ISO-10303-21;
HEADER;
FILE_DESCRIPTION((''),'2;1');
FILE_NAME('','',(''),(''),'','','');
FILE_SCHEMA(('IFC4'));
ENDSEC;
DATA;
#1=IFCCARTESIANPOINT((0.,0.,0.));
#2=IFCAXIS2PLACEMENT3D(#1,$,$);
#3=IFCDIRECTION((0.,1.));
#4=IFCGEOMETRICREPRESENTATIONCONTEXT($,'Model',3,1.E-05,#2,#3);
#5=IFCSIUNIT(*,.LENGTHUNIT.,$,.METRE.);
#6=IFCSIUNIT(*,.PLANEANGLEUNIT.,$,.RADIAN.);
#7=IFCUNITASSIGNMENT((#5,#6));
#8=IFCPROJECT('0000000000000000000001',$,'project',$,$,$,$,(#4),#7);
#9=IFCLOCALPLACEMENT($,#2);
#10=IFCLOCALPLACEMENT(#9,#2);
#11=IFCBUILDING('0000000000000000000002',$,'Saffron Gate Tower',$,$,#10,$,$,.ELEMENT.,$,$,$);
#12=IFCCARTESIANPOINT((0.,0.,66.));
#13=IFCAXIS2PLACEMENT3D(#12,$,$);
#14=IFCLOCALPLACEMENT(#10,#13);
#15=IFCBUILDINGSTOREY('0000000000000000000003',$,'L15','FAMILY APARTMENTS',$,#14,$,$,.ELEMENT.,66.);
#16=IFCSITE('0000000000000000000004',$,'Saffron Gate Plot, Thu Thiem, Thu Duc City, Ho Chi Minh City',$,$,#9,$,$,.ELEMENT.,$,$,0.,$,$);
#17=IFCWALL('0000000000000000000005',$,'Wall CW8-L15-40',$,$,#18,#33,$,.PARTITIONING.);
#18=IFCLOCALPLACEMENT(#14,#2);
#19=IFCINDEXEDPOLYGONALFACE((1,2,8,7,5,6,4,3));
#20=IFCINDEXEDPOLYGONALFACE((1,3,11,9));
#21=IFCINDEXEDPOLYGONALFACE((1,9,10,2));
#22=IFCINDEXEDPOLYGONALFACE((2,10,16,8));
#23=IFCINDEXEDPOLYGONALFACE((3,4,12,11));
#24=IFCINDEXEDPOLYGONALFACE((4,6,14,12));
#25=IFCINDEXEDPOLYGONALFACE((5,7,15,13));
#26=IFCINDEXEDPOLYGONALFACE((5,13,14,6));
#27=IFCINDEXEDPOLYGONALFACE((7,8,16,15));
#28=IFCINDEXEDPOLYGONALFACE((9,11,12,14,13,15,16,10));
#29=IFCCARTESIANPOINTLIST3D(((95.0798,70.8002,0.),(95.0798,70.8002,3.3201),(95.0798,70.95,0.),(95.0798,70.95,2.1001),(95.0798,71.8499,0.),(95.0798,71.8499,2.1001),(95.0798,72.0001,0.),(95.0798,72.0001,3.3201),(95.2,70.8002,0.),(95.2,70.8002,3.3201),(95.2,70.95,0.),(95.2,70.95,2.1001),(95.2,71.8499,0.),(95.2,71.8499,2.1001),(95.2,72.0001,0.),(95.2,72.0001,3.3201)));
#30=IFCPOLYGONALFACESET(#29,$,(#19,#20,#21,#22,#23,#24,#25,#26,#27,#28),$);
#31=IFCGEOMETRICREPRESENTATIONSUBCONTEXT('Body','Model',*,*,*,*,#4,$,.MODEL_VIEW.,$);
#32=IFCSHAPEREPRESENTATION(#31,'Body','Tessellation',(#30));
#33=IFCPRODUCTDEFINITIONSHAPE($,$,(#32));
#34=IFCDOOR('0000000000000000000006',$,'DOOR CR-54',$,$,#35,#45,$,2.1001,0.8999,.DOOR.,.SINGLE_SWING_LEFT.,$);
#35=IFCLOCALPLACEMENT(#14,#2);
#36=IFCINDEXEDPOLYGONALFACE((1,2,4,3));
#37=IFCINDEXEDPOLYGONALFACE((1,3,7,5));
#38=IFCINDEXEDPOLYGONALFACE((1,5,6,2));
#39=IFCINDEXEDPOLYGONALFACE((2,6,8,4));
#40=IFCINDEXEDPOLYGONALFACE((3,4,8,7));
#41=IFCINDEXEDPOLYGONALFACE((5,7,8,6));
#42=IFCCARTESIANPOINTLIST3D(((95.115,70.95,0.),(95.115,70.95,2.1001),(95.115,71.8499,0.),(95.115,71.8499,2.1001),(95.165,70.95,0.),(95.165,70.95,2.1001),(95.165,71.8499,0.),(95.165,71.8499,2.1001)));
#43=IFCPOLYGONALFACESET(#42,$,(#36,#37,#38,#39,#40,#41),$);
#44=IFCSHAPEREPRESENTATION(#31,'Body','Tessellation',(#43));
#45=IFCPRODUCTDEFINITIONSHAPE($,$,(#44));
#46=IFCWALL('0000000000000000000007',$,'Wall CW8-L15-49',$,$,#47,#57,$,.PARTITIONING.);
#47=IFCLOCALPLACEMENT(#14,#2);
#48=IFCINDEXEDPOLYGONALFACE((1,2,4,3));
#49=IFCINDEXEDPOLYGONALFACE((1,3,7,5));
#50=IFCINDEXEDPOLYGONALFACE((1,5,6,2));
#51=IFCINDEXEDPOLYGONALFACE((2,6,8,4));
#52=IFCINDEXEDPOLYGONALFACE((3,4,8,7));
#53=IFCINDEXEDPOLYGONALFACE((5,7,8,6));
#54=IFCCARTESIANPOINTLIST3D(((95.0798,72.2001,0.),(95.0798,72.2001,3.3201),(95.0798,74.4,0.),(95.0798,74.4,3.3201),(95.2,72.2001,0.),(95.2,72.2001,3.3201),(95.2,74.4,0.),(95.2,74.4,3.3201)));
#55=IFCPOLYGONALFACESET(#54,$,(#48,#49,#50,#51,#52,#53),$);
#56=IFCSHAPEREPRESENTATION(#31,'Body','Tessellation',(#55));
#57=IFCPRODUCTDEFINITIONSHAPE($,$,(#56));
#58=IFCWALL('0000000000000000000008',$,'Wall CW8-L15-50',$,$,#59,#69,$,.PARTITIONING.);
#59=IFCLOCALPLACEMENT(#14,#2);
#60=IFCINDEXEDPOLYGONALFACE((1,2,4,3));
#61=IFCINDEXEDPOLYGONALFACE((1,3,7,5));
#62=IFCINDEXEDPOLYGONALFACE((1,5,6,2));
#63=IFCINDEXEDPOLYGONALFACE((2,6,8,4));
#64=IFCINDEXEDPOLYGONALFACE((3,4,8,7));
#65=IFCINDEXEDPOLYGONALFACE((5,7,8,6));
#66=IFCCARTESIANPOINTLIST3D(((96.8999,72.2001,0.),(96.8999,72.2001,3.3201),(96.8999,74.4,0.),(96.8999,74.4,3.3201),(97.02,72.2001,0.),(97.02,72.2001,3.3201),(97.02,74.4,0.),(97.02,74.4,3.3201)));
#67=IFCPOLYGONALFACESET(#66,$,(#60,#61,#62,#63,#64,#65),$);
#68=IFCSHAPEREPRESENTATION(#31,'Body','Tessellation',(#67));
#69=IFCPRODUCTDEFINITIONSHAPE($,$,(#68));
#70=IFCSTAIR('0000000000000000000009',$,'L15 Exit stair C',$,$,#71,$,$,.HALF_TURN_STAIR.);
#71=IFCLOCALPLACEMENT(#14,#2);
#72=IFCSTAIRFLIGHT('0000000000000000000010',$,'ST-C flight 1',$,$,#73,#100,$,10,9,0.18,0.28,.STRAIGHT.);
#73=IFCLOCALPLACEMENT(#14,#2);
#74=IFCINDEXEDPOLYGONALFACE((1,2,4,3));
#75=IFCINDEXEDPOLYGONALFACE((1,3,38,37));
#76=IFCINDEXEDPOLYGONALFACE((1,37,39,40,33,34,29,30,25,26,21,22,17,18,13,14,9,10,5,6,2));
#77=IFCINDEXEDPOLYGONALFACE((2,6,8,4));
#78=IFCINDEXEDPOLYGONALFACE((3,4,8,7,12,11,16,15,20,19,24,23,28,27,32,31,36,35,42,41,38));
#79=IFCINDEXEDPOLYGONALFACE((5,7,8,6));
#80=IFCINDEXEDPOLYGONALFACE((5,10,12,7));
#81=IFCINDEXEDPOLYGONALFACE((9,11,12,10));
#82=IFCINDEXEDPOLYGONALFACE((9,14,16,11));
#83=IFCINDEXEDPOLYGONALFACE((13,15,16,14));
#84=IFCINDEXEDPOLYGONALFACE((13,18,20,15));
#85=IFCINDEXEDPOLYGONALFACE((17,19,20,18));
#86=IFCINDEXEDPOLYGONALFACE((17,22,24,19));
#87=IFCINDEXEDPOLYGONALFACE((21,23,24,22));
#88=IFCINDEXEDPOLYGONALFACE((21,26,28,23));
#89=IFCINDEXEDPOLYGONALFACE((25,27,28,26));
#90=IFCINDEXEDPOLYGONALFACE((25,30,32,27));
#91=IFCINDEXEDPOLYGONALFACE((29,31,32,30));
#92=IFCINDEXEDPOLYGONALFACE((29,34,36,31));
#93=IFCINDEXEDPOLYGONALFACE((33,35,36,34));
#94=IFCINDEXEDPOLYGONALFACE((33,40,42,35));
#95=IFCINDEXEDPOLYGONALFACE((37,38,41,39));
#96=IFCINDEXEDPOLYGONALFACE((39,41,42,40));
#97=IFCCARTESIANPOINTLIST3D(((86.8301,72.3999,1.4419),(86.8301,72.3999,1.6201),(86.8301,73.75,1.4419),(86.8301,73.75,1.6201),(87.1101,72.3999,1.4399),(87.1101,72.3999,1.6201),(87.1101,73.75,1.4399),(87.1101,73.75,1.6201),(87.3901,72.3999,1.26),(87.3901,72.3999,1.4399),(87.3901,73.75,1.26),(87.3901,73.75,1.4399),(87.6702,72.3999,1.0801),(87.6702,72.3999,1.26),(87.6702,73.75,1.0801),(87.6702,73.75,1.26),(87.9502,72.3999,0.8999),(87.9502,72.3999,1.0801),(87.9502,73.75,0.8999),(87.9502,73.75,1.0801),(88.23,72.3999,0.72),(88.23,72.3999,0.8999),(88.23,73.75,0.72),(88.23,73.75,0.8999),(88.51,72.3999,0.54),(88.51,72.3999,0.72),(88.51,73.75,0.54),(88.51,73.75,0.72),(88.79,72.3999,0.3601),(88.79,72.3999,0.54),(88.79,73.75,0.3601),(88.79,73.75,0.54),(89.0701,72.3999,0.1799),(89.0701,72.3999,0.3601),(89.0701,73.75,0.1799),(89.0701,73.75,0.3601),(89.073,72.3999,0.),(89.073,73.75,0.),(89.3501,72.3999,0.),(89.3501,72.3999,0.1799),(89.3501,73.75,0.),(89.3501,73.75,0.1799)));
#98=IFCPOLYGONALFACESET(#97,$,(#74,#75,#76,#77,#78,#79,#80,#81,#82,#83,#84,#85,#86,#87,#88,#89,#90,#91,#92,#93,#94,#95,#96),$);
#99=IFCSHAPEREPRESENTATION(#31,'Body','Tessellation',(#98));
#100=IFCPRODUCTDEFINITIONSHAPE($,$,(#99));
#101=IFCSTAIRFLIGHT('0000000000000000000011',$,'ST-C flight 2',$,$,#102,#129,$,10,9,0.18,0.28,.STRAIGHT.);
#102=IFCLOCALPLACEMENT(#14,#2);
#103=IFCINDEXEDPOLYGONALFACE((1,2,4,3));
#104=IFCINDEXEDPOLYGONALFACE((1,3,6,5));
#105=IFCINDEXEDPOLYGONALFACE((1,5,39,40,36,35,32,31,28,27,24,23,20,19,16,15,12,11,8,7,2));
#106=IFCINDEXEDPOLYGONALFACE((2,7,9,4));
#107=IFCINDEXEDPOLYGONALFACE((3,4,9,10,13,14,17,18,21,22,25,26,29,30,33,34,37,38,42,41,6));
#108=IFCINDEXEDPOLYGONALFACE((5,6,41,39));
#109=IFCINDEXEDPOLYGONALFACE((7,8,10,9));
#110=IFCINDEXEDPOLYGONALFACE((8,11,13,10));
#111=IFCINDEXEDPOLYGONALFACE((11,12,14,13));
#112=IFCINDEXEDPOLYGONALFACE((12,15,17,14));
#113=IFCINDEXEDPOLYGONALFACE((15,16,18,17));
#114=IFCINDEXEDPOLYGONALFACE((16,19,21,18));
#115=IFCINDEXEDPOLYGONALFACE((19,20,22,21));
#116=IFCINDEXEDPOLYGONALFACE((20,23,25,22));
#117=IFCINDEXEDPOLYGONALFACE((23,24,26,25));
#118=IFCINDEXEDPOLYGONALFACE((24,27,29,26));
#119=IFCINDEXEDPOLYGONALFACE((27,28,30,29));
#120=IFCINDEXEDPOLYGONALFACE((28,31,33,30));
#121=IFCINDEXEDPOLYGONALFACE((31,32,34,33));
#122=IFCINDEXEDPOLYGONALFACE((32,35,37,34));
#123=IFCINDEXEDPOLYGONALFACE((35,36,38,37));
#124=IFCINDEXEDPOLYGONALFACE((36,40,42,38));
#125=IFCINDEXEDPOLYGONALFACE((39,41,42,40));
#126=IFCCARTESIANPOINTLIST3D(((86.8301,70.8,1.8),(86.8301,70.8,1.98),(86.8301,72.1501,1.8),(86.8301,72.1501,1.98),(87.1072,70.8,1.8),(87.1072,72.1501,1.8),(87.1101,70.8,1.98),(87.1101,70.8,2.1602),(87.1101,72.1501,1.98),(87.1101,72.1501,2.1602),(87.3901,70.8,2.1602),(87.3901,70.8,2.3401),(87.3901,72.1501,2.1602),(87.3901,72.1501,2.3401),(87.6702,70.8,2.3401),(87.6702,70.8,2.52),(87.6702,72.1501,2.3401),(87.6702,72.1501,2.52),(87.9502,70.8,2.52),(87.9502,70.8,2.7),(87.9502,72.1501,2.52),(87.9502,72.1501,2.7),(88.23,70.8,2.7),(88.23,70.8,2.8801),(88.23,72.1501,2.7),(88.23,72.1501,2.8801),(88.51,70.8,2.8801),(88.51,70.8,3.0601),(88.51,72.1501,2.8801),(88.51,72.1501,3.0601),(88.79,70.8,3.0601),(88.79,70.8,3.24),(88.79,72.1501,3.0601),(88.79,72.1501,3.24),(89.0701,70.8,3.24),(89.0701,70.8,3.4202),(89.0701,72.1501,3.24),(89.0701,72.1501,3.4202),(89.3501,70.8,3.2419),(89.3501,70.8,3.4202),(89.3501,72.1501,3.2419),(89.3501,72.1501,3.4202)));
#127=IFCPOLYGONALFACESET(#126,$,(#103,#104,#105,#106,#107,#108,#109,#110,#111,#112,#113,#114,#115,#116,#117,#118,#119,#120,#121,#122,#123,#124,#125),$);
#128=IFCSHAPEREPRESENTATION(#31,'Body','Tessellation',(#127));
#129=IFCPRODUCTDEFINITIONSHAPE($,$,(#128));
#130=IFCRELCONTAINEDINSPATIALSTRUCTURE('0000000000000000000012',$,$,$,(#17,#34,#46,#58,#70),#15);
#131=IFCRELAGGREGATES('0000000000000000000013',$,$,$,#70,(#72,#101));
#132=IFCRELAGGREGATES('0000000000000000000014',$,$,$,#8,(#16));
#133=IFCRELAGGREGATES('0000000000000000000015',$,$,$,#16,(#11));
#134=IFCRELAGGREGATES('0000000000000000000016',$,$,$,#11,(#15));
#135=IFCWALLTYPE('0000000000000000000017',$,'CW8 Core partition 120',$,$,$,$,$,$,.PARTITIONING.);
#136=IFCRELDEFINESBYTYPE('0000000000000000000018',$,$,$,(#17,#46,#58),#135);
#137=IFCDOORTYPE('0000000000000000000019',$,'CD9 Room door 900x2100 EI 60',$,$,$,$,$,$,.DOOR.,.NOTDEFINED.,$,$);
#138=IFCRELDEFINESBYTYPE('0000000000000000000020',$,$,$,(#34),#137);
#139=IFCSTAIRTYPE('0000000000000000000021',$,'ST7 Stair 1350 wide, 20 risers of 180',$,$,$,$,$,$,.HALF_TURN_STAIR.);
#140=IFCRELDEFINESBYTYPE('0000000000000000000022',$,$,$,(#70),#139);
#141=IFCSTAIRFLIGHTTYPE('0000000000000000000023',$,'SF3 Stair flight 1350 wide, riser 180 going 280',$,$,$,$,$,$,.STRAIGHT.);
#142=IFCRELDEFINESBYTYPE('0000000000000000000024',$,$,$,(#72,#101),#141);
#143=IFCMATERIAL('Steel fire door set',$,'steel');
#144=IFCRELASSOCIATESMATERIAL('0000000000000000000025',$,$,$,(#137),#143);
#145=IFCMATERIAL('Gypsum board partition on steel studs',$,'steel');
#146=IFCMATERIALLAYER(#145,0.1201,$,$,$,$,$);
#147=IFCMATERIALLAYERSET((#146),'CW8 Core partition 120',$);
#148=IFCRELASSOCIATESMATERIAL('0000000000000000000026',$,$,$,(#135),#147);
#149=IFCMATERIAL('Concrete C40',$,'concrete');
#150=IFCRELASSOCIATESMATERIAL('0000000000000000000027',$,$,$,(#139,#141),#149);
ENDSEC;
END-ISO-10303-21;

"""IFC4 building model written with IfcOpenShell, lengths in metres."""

from ifc_helpers import new_model, si_unit, direction, frame, frame_2d, origin, place, context, subcontext, project, spatial, polyline, rectangle, outline, extrude, material, layer, layer_set, type_object, element, fill, aggregate, save


model = new_model("IFC4")

# Units and contexts
model_context = context("Model", 3, precision=1e-05, world=origin(), true_north=direction((0.0, 1.0)))
body_context = subcontext(model_context, "Body", "Model", "MODEL_VIEW")
ifc_project = project(units=[si_unit("LENGTHUNIT", "METRE"), si_unit("PLANEANGLEUNIT", "RADIAN")], contexts=[model_context])

# Site, building, storey
site_placement = place(None, origin())
site = spatial("IfcSite", under=ifc_project, at=site_placement, Name="Saffron Gate Plot, Thu Thiem, Thu Duc City, Ho Chi Minh City", CompositionType="ELEMENT", RefElevation=0.0)
building_placement = place(site_placement, origin())
building = spatial("IfcBuilding", under=site, at=building_placement, Name="Saffron Gate Tower", CompositionType="ELEMENT")
storey_placement = place(building_placement, frame((0.0, 0.0, 66.0)))
storey = spatial("IfcBuildingStorey", under=building, at=storey_placement, Name="L15", Description="FAMILY APARTMENTS", CompositionType="ELEMENT", Elevation=66.0)

# Shared definitions
ifc_material_1 = material(Name="Gypsum board partition on steel studs", Category="steel")

# Shared definitions
ifc_material_2 = material(Name="Steel fire door set", Category="steel")

# Shared definitions
door_type_1 = type_object("IfcDoorType", Name="CD9 Room door 900x2100 EI 60", OperationType="NOTDEFINED", PredefinedType="DOOR", material=ifc_material_2)

# Shared definitions
ifc_layer_1 = layer(ifc_material_1, 0.1201)
ifc_layer_set_1 = layer_set([ifc_layer_1], Name="CW8 Core partition 120")
wall_type_1 = type_object("IfcWallType", Name="CW8 Core partition 120", PredefinedType="PARTITIONING", material=ifc_layer_set_1)

# Wall, opening, door
wall_1_placement = place(storey_placement, frame((95.1399, 70.8, 0.0), z_axis=(0.0, 0.0, 1.0), x_axis=(0.0, 1.0, 0.0)))
wall_1 = element("IfcWall", 1, at=wall_1_placement, inside=storey, type_object=wall_type_1, Name="Wall CW8-L15-40", PredefinedType="PARTITIONING", context=body_context, shape_type="SweptSolid", body=[
    extrude(rectangle(XDim=1.2, YDim=0.1201, at=frame_2d((0.6001, 0.0))), origin(), (0.0, 0.0, 1.0), 3.3201),
])
opening_1_placement = place(wall_1_placement, frame((0.1499, 0.0, 0.0)))
opening_1 = element("IfcOpeningElement", 2, at=opening_1_placement, cuts=wall_1, PredefinedType="OPENING", context=body_context, shape_type="SweptSolid", body=[
    extrude(rectangle(XDim=0.8999, YDim=2.1001, at=frame_2d((0.45, 1.05))), frame((0.0, 0.0701, 0.0), z_axis=(0.0, -1.0, 0.0), x_axis=(1.0, 0.0, 0.0)), (0.0, 0.0, 1.0), 0.1401),
])
door_1_placement = place(opening_1_placement, origin())
door_1 = element("IfcDoor", 3, at=door_1_placement, inside=storey, type_object=door_type_1, Name="DOOR CR-54", OperationType="SINGLE_SWING_LEFT", OverallHeight=2.1001, OverallWidth=0.8999, PredefinedType="DOOR", context=body_context, shape_type="SweptSolid", body=[
    extrude(rectangle(XDim=0.8999, YDim=2.1001, at=frame_2d((0.45, 1.05))), frame((0.0, 0.0249, 0.0), z_axis=(0.0, -1.0, 0.0), x_axis=(1.0, 0.0, 0.0)), (0.0, 0.0, 1.0), 0.05),
])
fill(opening_1, door_1)

# Walls
for number, where, z_axis, x_axis, name in (
    (4, (95.1399, 72.2, 0.0), (0.0, 0.0, 1.0), (0.0, 1.0, 0.0), "Wall CW8-L15-49"),
    (5, (96.96, 72.2, 0.0), (0.0, 0.0, 1.0), (0.0, 1.0, 0.0), "Wall CW8-L15-50"),
):
    element("IfcWall", number, at=place(storey_placement, frame(where, z_axis=z_axis, x_axis=x_axis)), inside=storey, type_object=wall_type_1, Name=name, PredefinedType="PARTITIONING", context=body_context, shape_type="SweptSolid", body=[
        extrude(rectangle(XDim=2.2, YDim=0.1201, at=frame_2d((1.1001, 0.0))), origin(), (0.0, 0.0, 1.0), 3.3201),
    ])

# Stair, stair flights
ifc_material_3 = material(Name="Concrete C40", Category="concrete")
stair_type = type_object("IfcStairType", Name="ST7 Stair 1350 wide, 20 risers of 180", PredefinedType="HALF_TURN_STAIR", material=ifc_material_3)
stair_placement = place(storey_placement, origin())
stair = element("IfcStair", 6, at=stair_placement, inside=storey, type_object=stair_type, Name="L15 Exit stair C", PredefinedType="HALF_TURN_STAIR")
stair_flight_type = type_object("IfcStairFlightType", Name="SF3 Stair flight 1350 wide, riser 180 going 280", PredefinedType="STRAIGHT", material=ifc_material_3)
stair_flight_1_placement = place(storey_placement, frame((89.3501, 73.075, 0.0), z_axis=(0.0, 0.0, 1.0), x_axis=(-1.0, 0.0, 0.0)))
stair_flight_1 = element("IfcStairFlight", 7, at=stair_flight_1_placement, type_object=stair_flight_type, Name="ST-C flight 1", NumberOfRisers=10, NumberOfTreads=9, PredefinedType="STRAIGHT", RiserHeight=0.18, TreadLength=0.28, context=body_context, shape_type="SweptSolid", body=[
    extrude(outline(polyline([(0.0, 0.0), (0.0, 0.1799), (0.28, 0.1799), (0.28, 0.3601), (0.5601, 0.3601), (0.5601, 0.54), (0.8401, 0.54), (0.8401, 0.72), (1.1201, 0.72), (1.1201, 0.8999), (1.3999, 0.8999), (1.3999, 1.0801), (1.6799, 1.0801), (1.6799, 1.26), (1.96, 1.26), (1.96, 1.4399), (2.24, 1.4399), (2.24, 1.6201), (2.52, 1.6201), (2.52, 1.8), (2.52, 1.4419), (0.2771, 0.0), (0.0, 0.0)])), frame((0.0, 0.675, 0.0), z_axis=(0.0, -1.0, 0.0), x_axis=(1.0, 0.0, 0.0)), (0.0, 0.0, 1.0), 1.3501),
])
stair_flight_2_placement = place(storey_placement, frame((86.8301, 71.4751, 1.8), z_axis=(0.0, 0.0, 1.0), x_axis=(1.0, 0.0, 0.0)))
stair_flight_2 = element("IfcStairFlight", 8, at=stair_flight_2_placement, type_object=stair_flight_type, Name="ST-C flight 2", NumberOfRisers=10, NumberOfTreads=9, PredefinedType="STRAIGHT", RiserHeight=0.18, TreadLength=0.28, context=body_context, shape_type="SweptSolid", body=[
    extrude(outline(polyline([(0.0, 0.0), (0.0, 0.1799), (0.28, 0.1799), (0.28, 0.3601), (0.5601, 0.3601), (0.5601, 0.54), (0.8401, 0.54), (0.8401, 0.72), (1.1201, 0.72), (1.1201, 0.8999), (1.3999, 0.8999), (1.3999, 1.0801), (1.6799, 1.0801), (1.6799, 1.26), (1.96, 1.26), (1.96, 1.4399), (2.24, 1.4399), (2.24, 1.6201), (2.52, 1.6201), (2.52, 1.8), (2.52, 1.4419), (0.2771, 0.0), (0.0, 0.0)])), frame((0.0, 0.675, 0.0), z_axis=(0.0, -1.0, 0.0), x_axis=(1.0, 0.0, 0.0)), (0.0, 0.0, 1.0), 1.3501),
])
aggregate(stair, [stair_flight_1, stair_flight_2])

save(model, "model.ifc")
